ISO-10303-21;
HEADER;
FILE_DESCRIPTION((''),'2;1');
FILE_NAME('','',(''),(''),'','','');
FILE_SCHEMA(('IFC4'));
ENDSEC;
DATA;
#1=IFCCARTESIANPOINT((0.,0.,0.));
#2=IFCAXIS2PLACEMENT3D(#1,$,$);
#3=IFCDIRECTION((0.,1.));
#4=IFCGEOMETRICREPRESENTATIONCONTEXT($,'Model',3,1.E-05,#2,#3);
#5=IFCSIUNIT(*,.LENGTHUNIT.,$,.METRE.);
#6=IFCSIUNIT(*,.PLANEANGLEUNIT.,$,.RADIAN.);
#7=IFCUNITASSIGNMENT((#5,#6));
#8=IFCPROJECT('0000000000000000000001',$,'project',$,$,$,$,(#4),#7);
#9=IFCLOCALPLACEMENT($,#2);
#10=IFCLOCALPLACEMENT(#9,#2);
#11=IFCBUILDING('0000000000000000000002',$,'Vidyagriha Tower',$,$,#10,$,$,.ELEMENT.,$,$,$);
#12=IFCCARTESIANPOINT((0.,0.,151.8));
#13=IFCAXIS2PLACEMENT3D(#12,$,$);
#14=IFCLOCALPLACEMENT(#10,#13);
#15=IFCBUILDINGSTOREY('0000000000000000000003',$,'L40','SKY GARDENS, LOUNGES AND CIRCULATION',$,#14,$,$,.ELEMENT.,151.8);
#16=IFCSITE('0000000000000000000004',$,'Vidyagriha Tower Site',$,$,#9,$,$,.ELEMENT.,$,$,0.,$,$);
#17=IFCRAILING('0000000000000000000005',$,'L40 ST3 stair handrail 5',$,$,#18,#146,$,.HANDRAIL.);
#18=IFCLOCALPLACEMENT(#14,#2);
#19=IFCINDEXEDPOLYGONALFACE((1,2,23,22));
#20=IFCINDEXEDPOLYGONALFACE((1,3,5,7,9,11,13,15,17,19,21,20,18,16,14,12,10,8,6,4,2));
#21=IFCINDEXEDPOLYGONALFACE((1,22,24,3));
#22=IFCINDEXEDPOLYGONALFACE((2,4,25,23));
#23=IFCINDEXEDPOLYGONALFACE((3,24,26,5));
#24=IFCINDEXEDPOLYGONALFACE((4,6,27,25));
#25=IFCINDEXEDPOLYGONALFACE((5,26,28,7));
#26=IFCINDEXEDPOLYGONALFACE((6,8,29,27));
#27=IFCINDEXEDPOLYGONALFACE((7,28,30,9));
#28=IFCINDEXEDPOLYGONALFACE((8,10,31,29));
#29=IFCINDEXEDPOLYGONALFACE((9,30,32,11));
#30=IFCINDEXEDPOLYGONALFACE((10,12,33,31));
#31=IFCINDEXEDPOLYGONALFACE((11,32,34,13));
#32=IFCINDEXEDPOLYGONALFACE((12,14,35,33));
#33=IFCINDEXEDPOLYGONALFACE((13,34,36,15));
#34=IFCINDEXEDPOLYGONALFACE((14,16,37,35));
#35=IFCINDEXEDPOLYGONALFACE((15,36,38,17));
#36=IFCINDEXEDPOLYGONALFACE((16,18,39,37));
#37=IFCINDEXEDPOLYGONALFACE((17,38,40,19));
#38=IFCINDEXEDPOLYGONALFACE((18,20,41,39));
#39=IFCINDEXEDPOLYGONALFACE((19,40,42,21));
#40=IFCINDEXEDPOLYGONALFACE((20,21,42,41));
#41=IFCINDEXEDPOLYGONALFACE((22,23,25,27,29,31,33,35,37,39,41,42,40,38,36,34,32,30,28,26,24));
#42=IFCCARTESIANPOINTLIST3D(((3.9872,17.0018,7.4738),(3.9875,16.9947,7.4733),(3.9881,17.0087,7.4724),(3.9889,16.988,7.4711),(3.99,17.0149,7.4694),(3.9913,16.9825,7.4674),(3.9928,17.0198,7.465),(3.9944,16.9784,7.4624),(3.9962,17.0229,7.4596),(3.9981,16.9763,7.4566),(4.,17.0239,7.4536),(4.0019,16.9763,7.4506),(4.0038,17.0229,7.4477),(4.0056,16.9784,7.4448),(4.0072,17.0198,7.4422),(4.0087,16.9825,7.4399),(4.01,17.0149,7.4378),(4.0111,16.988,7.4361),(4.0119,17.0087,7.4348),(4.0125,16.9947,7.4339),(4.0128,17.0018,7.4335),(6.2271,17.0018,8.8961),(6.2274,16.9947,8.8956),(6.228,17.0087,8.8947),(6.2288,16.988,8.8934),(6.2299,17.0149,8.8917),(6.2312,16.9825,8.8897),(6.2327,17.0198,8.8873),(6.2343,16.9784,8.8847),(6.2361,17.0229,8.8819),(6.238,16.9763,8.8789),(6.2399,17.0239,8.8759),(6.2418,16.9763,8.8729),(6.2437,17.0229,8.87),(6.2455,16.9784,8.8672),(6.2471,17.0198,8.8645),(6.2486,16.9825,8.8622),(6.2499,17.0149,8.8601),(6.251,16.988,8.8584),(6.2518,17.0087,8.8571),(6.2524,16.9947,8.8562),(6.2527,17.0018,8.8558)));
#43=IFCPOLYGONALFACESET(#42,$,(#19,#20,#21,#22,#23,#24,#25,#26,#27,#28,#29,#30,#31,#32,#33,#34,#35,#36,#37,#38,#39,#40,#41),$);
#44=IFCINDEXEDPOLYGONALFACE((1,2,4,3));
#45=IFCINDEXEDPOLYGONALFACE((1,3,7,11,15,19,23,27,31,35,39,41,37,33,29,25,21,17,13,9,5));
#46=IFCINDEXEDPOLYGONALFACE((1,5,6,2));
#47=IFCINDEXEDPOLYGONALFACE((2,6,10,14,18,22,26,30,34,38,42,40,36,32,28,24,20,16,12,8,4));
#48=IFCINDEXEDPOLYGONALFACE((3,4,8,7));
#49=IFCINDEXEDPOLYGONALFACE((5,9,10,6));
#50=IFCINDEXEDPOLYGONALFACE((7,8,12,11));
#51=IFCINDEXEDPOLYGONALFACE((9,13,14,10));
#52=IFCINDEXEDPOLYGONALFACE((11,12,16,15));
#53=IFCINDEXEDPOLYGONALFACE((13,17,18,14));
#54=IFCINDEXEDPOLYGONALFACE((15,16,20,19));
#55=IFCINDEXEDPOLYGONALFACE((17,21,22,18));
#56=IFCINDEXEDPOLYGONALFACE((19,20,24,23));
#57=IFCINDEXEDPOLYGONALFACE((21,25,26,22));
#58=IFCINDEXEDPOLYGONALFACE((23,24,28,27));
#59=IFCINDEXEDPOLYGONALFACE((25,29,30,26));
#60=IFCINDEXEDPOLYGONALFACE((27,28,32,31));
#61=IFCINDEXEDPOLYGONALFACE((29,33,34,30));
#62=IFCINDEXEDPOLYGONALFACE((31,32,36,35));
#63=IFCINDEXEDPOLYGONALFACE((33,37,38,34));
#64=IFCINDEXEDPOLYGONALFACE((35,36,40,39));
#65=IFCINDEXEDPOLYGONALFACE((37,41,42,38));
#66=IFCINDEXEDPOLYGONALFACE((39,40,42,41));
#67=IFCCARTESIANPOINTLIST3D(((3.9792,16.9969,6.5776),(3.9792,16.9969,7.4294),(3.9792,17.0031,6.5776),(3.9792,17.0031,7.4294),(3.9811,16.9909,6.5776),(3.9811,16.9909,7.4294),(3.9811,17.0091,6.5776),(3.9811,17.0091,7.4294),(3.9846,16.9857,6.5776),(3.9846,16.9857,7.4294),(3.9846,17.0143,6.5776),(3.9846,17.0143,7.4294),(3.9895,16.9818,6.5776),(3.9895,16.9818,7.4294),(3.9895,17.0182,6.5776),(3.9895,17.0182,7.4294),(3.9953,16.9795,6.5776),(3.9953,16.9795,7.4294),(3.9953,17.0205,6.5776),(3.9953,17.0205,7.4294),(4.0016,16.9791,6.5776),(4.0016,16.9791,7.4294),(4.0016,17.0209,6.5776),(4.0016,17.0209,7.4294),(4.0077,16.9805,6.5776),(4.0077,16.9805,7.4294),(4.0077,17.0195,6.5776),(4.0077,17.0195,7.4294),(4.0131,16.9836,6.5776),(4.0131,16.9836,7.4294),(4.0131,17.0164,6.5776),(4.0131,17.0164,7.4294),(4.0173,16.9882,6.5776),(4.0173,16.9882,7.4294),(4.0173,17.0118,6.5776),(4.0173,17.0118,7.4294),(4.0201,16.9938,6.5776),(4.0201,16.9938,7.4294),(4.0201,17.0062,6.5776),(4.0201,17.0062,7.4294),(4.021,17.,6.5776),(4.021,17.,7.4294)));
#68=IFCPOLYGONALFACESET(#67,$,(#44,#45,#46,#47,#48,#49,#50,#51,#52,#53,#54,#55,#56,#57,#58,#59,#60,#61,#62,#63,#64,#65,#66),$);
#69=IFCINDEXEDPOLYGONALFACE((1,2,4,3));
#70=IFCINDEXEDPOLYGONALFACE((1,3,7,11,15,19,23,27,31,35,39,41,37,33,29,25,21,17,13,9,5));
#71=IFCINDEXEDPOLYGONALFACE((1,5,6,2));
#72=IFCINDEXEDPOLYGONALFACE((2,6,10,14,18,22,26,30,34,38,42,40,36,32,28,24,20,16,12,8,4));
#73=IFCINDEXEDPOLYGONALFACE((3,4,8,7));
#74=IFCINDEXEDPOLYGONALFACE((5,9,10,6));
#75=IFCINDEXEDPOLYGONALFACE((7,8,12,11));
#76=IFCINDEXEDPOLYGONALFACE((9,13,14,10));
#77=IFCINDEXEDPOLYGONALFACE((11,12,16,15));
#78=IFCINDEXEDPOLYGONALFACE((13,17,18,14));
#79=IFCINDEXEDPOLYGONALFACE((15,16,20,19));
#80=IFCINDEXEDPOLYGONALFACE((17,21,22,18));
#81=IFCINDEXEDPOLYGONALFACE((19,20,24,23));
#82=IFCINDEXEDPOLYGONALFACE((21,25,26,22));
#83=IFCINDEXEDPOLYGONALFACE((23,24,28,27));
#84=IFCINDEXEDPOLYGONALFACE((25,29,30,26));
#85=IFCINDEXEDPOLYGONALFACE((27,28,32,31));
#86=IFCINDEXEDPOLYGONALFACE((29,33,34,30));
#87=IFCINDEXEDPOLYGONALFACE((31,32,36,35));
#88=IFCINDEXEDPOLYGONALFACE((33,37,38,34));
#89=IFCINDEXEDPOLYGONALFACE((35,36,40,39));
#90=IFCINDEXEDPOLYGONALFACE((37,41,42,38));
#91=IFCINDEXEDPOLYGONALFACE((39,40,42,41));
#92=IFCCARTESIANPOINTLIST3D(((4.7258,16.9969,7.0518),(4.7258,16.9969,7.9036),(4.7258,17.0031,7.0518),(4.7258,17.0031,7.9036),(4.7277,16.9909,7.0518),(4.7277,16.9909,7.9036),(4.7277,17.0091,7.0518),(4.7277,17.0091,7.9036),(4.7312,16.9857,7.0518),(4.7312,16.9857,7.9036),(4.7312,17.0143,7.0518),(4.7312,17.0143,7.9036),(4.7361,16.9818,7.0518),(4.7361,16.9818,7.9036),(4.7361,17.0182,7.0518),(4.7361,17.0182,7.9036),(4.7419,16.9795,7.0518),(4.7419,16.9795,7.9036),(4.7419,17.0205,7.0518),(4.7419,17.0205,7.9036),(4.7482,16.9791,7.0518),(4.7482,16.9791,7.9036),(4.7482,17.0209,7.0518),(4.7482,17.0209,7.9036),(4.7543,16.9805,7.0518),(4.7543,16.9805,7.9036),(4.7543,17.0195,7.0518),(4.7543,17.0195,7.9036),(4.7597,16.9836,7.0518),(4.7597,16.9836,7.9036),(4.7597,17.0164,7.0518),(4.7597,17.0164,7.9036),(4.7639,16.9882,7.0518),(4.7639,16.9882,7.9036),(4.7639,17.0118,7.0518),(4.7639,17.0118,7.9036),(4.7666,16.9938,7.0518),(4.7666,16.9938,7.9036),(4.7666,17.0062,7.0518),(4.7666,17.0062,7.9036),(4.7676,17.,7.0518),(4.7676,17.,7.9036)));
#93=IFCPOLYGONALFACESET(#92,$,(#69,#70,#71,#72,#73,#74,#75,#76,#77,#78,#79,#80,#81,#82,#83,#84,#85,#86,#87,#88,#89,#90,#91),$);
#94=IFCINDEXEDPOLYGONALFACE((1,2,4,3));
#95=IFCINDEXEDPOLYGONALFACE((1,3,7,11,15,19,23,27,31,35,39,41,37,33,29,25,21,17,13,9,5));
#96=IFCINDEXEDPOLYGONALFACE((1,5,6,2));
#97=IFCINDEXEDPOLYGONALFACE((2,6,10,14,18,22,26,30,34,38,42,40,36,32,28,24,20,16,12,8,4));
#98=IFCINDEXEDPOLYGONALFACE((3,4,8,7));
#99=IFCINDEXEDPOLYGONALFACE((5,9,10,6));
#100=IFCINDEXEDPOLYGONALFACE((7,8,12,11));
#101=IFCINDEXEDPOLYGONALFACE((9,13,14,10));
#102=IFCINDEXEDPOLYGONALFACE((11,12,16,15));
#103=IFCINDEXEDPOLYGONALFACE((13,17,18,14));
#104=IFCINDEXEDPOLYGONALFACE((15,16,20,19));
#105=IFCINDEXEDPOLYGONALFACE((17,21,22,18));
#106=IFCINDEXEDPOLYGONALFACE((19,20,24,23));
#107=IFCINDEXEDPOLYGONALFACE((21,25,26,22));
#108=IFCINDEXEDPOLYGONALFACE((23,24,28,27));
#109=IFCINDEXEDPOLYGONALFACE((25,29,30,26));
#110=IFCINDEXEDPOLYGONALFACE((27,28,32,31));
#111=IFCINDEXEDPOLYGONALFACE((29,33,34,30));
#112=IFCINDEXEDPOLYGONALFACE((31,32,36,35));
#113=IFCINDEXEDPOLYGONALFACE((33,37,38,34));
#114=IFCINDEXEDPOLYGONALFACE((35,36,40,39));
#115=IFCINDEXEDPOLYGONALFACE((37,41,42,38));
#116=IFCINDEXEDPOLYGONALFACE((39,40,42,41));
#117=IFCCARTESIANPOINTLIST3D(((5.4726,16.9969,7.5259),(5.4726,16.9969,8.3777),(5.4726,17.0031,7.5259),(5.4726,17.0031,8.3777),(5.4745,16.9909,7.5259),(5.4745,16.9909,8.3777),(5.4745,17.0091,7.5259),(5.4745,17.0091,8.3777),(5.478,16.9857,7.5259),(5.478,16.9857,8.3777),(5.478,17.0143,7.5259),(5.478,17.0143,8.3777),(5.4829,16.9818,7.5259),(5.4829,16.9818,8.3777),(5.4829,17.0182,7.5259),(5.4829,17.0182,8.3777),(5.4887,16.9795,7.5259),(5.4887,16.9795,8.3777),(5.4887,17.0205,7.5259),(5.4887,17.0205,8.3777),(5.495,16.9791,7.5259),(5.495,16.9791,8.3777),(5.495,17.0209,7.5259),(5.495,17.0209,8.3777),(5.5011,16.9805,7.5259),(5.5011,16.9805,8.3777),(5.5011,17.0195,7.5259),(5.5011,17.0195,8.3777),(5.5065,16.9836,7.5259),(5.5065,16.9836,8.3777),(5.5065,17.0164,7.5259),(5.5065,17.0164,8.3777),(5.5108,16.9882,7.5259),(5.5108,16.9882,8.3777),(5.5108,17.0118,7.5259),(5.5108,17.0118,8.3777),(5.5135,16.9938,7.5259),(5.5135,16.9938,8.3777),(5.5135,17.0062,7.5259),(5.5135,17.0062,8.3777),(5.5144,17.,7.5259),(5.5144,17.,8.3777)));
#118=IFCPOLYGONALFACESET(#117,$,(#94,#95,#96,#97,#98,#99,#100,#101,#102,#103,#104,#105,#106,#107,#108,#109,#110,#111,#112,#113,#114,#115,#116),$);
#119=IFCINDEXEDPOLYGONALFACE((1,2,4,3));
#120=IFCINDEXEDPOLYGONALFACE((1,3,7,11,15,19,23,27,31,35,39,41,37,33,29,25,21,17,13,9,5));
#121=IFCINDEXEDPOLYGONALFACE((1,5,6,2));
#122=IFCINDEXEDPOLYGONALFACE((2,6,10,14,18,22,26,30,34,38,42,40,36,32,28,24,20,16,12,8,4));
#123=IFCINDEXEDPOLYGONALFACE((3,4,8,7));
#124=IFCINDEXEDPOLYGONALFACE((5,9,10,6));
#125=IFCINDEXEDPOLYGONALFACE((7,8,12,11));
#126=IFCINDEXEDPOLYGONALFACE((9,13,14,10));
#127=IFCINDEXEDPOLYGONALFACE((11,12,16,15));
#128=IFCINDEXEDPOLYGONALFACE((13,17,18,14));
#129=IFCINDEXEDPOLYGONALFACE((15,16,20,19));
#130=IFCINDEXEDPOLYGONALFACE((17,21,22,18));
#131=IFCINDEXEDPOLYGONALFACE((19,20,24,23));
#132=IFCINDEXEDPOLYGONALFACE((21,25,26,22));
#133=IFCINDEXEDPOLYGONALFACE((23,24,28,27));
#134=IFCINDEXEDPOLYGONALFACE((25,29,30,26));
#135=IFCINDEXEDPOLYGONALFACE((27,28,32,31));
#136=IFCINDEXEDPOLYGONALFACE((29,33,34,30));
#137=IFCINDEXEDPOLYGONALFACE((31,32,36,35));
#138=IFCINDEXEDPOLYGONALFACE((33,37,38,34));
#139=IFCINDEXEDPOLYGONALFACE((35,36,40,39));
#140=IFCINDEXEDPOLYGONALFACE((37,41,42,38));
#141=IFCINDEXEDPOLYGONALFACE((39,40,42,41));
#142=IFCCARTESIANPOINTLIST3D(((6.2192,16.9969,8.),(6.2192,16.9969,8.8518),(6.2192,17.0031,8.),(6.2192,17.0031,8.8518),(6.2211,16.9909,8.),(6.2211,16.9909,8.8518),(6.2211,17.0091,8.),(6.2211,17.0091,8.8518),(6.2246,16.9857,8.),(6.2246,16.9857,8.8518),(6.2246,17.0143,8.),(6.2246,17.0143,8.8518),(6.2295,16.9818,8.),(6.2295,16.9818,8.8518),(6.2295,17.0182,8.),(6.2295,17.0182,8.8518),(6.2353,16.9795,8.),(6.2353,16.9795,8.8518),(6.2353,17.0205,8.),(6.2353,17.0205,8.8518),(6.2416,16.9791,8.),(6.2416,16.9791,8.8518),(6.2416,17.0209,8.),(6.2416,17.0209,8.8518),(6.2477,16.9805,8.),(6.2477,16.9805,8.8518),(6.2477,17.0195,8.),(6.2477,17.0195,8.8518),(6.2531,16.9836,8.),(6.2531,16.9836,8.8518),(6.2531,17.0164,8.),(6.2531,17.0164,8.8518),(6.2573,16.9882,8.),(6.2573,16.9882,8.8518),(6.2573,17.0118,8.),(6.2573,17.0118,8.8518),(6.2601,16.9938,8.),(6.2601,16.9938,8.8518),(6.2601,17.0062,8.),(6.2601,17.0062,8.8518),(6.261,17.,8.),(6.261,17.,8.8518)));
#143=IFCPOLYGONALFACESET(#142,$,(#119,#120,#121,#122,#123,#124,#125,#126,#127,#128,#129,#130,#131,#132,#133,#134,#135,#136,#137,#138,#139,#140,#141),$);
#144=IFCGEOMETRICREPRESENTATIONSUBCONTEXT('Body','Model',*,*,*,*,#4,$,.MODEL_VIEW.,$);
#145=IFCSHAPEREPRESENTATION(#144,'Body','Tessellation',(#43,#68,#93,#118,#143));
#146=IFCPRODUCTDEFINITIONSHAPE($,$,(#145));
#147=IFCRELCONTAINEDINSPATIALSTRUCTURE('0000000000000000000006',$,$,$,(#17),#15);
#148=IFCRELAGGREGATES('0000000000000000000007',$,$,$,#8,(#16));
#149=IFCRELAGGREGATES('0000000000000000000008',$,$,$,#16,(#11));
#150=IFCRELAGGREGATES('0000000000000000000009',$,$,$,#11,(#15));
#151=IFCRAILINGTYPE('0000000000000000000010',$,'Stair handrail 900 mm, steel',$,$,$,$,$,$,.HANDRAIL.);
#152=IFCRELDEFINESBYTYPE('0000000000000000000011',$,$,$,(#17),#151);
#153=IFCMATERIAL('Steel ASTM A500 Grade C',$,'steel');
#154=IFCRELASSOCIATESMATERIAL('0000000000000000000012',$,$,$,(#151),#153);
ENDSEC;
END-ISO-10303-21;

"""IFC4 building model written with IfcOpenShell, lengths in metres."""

from ifc_helpers import new_model, si_unit, direction, frame, origin, origin_2d, place, context, subcontext, project, spatial, circle, extrude, material, type_object, element, save


model = new_model("IFC4")

# Units and contexts
model_context = context("Model", 3, precision=1e-05, world=origin(), true_north=direction((0.0, 1.0)))
body_context = subcontext(model_context, "Body", "Model", "MODEL_VIEW")
ifc_project = project(units=[si_unit("LENGTHUNIT", "METRE"), si_unit("PLANEANGLEUNIT", "RADIAN")], contexts=[model_context])

# Site, building, storey
site_placement = place(None, origin())
site = spatial("IfcSite", under=ifc_project, at=site_placement, Name="Vidyagriha Tower Site", CompositionType="ELEMENT", RefElevation=0.0)
building_placement = place(site_placement, origin())
building = spatial("IfcBuilding", under=site, at=building_placement, Name="Vidyagriha Tower", CompositionType="ELEMENT")
storey_placement = place(building_placement, frame((0.0, 0.0, 151.8)))
storey = spatial("IfcBuildingStorey", under=building, at=storey_placement, Name="L40", Description="SKY GARDENS, LOUNGES AND CIRCULATION", CompositionType="ELEMENT", Elevation=151.8)

# Railing
ifc_material_1 = material(Name="Steel ASTM A500 Grade C", Category="steel")
railing_type_1 = type_object("IfcRailingType", Name="Stair handrail 900 mm, steel", PredefinedType="HANDRAIL", material=ifc_material_1)
railing_1_placement = place(storey_placement, frame((4.0, 17.0, 6.5776)))
element("IfcRailing", 1, at=railing_1_placement, inside=storey, type_object=railing_type_1, Name="L40 ST3 stair handrail 5", PredefinedType="HANDRAIL", context=body_context, shape_type="SweptSolid", body=[
    extrude(circle(Radius=0.0239, at=origin_2d()), frame((0.0, 0.0, 0.876), z_axis=(0.844188, 0.0, 0.536048), x_axis=(0.0, 1.0, 0.0)), (0.0, 0.0, 1.0), 2.6533),
    extrude(circle(Radius=0.021, at=origin_2d()), origin(), (0.0, 0.0, 1.0), 0.8518),
    extrude(circle(Radius=0.021, at=origin_2d()), frame((0.7466, 0.0, 0.4741)), (0.0, 0.0, 1.0), 0.8518),
    extrude(circle(Radius=0.021, at=origin_2d()), frame((1.4934, 0.0, 0.9482)), (0.0, 0.0, 1.0), 0.8518),
    extrude(circle(Radius=0.021, at=origin_2d()), frame((2.24, 0.0, 1.4224)), (0.0, 0.0, 1.0), 0.8518),
])

save(model, "model.ifc")
